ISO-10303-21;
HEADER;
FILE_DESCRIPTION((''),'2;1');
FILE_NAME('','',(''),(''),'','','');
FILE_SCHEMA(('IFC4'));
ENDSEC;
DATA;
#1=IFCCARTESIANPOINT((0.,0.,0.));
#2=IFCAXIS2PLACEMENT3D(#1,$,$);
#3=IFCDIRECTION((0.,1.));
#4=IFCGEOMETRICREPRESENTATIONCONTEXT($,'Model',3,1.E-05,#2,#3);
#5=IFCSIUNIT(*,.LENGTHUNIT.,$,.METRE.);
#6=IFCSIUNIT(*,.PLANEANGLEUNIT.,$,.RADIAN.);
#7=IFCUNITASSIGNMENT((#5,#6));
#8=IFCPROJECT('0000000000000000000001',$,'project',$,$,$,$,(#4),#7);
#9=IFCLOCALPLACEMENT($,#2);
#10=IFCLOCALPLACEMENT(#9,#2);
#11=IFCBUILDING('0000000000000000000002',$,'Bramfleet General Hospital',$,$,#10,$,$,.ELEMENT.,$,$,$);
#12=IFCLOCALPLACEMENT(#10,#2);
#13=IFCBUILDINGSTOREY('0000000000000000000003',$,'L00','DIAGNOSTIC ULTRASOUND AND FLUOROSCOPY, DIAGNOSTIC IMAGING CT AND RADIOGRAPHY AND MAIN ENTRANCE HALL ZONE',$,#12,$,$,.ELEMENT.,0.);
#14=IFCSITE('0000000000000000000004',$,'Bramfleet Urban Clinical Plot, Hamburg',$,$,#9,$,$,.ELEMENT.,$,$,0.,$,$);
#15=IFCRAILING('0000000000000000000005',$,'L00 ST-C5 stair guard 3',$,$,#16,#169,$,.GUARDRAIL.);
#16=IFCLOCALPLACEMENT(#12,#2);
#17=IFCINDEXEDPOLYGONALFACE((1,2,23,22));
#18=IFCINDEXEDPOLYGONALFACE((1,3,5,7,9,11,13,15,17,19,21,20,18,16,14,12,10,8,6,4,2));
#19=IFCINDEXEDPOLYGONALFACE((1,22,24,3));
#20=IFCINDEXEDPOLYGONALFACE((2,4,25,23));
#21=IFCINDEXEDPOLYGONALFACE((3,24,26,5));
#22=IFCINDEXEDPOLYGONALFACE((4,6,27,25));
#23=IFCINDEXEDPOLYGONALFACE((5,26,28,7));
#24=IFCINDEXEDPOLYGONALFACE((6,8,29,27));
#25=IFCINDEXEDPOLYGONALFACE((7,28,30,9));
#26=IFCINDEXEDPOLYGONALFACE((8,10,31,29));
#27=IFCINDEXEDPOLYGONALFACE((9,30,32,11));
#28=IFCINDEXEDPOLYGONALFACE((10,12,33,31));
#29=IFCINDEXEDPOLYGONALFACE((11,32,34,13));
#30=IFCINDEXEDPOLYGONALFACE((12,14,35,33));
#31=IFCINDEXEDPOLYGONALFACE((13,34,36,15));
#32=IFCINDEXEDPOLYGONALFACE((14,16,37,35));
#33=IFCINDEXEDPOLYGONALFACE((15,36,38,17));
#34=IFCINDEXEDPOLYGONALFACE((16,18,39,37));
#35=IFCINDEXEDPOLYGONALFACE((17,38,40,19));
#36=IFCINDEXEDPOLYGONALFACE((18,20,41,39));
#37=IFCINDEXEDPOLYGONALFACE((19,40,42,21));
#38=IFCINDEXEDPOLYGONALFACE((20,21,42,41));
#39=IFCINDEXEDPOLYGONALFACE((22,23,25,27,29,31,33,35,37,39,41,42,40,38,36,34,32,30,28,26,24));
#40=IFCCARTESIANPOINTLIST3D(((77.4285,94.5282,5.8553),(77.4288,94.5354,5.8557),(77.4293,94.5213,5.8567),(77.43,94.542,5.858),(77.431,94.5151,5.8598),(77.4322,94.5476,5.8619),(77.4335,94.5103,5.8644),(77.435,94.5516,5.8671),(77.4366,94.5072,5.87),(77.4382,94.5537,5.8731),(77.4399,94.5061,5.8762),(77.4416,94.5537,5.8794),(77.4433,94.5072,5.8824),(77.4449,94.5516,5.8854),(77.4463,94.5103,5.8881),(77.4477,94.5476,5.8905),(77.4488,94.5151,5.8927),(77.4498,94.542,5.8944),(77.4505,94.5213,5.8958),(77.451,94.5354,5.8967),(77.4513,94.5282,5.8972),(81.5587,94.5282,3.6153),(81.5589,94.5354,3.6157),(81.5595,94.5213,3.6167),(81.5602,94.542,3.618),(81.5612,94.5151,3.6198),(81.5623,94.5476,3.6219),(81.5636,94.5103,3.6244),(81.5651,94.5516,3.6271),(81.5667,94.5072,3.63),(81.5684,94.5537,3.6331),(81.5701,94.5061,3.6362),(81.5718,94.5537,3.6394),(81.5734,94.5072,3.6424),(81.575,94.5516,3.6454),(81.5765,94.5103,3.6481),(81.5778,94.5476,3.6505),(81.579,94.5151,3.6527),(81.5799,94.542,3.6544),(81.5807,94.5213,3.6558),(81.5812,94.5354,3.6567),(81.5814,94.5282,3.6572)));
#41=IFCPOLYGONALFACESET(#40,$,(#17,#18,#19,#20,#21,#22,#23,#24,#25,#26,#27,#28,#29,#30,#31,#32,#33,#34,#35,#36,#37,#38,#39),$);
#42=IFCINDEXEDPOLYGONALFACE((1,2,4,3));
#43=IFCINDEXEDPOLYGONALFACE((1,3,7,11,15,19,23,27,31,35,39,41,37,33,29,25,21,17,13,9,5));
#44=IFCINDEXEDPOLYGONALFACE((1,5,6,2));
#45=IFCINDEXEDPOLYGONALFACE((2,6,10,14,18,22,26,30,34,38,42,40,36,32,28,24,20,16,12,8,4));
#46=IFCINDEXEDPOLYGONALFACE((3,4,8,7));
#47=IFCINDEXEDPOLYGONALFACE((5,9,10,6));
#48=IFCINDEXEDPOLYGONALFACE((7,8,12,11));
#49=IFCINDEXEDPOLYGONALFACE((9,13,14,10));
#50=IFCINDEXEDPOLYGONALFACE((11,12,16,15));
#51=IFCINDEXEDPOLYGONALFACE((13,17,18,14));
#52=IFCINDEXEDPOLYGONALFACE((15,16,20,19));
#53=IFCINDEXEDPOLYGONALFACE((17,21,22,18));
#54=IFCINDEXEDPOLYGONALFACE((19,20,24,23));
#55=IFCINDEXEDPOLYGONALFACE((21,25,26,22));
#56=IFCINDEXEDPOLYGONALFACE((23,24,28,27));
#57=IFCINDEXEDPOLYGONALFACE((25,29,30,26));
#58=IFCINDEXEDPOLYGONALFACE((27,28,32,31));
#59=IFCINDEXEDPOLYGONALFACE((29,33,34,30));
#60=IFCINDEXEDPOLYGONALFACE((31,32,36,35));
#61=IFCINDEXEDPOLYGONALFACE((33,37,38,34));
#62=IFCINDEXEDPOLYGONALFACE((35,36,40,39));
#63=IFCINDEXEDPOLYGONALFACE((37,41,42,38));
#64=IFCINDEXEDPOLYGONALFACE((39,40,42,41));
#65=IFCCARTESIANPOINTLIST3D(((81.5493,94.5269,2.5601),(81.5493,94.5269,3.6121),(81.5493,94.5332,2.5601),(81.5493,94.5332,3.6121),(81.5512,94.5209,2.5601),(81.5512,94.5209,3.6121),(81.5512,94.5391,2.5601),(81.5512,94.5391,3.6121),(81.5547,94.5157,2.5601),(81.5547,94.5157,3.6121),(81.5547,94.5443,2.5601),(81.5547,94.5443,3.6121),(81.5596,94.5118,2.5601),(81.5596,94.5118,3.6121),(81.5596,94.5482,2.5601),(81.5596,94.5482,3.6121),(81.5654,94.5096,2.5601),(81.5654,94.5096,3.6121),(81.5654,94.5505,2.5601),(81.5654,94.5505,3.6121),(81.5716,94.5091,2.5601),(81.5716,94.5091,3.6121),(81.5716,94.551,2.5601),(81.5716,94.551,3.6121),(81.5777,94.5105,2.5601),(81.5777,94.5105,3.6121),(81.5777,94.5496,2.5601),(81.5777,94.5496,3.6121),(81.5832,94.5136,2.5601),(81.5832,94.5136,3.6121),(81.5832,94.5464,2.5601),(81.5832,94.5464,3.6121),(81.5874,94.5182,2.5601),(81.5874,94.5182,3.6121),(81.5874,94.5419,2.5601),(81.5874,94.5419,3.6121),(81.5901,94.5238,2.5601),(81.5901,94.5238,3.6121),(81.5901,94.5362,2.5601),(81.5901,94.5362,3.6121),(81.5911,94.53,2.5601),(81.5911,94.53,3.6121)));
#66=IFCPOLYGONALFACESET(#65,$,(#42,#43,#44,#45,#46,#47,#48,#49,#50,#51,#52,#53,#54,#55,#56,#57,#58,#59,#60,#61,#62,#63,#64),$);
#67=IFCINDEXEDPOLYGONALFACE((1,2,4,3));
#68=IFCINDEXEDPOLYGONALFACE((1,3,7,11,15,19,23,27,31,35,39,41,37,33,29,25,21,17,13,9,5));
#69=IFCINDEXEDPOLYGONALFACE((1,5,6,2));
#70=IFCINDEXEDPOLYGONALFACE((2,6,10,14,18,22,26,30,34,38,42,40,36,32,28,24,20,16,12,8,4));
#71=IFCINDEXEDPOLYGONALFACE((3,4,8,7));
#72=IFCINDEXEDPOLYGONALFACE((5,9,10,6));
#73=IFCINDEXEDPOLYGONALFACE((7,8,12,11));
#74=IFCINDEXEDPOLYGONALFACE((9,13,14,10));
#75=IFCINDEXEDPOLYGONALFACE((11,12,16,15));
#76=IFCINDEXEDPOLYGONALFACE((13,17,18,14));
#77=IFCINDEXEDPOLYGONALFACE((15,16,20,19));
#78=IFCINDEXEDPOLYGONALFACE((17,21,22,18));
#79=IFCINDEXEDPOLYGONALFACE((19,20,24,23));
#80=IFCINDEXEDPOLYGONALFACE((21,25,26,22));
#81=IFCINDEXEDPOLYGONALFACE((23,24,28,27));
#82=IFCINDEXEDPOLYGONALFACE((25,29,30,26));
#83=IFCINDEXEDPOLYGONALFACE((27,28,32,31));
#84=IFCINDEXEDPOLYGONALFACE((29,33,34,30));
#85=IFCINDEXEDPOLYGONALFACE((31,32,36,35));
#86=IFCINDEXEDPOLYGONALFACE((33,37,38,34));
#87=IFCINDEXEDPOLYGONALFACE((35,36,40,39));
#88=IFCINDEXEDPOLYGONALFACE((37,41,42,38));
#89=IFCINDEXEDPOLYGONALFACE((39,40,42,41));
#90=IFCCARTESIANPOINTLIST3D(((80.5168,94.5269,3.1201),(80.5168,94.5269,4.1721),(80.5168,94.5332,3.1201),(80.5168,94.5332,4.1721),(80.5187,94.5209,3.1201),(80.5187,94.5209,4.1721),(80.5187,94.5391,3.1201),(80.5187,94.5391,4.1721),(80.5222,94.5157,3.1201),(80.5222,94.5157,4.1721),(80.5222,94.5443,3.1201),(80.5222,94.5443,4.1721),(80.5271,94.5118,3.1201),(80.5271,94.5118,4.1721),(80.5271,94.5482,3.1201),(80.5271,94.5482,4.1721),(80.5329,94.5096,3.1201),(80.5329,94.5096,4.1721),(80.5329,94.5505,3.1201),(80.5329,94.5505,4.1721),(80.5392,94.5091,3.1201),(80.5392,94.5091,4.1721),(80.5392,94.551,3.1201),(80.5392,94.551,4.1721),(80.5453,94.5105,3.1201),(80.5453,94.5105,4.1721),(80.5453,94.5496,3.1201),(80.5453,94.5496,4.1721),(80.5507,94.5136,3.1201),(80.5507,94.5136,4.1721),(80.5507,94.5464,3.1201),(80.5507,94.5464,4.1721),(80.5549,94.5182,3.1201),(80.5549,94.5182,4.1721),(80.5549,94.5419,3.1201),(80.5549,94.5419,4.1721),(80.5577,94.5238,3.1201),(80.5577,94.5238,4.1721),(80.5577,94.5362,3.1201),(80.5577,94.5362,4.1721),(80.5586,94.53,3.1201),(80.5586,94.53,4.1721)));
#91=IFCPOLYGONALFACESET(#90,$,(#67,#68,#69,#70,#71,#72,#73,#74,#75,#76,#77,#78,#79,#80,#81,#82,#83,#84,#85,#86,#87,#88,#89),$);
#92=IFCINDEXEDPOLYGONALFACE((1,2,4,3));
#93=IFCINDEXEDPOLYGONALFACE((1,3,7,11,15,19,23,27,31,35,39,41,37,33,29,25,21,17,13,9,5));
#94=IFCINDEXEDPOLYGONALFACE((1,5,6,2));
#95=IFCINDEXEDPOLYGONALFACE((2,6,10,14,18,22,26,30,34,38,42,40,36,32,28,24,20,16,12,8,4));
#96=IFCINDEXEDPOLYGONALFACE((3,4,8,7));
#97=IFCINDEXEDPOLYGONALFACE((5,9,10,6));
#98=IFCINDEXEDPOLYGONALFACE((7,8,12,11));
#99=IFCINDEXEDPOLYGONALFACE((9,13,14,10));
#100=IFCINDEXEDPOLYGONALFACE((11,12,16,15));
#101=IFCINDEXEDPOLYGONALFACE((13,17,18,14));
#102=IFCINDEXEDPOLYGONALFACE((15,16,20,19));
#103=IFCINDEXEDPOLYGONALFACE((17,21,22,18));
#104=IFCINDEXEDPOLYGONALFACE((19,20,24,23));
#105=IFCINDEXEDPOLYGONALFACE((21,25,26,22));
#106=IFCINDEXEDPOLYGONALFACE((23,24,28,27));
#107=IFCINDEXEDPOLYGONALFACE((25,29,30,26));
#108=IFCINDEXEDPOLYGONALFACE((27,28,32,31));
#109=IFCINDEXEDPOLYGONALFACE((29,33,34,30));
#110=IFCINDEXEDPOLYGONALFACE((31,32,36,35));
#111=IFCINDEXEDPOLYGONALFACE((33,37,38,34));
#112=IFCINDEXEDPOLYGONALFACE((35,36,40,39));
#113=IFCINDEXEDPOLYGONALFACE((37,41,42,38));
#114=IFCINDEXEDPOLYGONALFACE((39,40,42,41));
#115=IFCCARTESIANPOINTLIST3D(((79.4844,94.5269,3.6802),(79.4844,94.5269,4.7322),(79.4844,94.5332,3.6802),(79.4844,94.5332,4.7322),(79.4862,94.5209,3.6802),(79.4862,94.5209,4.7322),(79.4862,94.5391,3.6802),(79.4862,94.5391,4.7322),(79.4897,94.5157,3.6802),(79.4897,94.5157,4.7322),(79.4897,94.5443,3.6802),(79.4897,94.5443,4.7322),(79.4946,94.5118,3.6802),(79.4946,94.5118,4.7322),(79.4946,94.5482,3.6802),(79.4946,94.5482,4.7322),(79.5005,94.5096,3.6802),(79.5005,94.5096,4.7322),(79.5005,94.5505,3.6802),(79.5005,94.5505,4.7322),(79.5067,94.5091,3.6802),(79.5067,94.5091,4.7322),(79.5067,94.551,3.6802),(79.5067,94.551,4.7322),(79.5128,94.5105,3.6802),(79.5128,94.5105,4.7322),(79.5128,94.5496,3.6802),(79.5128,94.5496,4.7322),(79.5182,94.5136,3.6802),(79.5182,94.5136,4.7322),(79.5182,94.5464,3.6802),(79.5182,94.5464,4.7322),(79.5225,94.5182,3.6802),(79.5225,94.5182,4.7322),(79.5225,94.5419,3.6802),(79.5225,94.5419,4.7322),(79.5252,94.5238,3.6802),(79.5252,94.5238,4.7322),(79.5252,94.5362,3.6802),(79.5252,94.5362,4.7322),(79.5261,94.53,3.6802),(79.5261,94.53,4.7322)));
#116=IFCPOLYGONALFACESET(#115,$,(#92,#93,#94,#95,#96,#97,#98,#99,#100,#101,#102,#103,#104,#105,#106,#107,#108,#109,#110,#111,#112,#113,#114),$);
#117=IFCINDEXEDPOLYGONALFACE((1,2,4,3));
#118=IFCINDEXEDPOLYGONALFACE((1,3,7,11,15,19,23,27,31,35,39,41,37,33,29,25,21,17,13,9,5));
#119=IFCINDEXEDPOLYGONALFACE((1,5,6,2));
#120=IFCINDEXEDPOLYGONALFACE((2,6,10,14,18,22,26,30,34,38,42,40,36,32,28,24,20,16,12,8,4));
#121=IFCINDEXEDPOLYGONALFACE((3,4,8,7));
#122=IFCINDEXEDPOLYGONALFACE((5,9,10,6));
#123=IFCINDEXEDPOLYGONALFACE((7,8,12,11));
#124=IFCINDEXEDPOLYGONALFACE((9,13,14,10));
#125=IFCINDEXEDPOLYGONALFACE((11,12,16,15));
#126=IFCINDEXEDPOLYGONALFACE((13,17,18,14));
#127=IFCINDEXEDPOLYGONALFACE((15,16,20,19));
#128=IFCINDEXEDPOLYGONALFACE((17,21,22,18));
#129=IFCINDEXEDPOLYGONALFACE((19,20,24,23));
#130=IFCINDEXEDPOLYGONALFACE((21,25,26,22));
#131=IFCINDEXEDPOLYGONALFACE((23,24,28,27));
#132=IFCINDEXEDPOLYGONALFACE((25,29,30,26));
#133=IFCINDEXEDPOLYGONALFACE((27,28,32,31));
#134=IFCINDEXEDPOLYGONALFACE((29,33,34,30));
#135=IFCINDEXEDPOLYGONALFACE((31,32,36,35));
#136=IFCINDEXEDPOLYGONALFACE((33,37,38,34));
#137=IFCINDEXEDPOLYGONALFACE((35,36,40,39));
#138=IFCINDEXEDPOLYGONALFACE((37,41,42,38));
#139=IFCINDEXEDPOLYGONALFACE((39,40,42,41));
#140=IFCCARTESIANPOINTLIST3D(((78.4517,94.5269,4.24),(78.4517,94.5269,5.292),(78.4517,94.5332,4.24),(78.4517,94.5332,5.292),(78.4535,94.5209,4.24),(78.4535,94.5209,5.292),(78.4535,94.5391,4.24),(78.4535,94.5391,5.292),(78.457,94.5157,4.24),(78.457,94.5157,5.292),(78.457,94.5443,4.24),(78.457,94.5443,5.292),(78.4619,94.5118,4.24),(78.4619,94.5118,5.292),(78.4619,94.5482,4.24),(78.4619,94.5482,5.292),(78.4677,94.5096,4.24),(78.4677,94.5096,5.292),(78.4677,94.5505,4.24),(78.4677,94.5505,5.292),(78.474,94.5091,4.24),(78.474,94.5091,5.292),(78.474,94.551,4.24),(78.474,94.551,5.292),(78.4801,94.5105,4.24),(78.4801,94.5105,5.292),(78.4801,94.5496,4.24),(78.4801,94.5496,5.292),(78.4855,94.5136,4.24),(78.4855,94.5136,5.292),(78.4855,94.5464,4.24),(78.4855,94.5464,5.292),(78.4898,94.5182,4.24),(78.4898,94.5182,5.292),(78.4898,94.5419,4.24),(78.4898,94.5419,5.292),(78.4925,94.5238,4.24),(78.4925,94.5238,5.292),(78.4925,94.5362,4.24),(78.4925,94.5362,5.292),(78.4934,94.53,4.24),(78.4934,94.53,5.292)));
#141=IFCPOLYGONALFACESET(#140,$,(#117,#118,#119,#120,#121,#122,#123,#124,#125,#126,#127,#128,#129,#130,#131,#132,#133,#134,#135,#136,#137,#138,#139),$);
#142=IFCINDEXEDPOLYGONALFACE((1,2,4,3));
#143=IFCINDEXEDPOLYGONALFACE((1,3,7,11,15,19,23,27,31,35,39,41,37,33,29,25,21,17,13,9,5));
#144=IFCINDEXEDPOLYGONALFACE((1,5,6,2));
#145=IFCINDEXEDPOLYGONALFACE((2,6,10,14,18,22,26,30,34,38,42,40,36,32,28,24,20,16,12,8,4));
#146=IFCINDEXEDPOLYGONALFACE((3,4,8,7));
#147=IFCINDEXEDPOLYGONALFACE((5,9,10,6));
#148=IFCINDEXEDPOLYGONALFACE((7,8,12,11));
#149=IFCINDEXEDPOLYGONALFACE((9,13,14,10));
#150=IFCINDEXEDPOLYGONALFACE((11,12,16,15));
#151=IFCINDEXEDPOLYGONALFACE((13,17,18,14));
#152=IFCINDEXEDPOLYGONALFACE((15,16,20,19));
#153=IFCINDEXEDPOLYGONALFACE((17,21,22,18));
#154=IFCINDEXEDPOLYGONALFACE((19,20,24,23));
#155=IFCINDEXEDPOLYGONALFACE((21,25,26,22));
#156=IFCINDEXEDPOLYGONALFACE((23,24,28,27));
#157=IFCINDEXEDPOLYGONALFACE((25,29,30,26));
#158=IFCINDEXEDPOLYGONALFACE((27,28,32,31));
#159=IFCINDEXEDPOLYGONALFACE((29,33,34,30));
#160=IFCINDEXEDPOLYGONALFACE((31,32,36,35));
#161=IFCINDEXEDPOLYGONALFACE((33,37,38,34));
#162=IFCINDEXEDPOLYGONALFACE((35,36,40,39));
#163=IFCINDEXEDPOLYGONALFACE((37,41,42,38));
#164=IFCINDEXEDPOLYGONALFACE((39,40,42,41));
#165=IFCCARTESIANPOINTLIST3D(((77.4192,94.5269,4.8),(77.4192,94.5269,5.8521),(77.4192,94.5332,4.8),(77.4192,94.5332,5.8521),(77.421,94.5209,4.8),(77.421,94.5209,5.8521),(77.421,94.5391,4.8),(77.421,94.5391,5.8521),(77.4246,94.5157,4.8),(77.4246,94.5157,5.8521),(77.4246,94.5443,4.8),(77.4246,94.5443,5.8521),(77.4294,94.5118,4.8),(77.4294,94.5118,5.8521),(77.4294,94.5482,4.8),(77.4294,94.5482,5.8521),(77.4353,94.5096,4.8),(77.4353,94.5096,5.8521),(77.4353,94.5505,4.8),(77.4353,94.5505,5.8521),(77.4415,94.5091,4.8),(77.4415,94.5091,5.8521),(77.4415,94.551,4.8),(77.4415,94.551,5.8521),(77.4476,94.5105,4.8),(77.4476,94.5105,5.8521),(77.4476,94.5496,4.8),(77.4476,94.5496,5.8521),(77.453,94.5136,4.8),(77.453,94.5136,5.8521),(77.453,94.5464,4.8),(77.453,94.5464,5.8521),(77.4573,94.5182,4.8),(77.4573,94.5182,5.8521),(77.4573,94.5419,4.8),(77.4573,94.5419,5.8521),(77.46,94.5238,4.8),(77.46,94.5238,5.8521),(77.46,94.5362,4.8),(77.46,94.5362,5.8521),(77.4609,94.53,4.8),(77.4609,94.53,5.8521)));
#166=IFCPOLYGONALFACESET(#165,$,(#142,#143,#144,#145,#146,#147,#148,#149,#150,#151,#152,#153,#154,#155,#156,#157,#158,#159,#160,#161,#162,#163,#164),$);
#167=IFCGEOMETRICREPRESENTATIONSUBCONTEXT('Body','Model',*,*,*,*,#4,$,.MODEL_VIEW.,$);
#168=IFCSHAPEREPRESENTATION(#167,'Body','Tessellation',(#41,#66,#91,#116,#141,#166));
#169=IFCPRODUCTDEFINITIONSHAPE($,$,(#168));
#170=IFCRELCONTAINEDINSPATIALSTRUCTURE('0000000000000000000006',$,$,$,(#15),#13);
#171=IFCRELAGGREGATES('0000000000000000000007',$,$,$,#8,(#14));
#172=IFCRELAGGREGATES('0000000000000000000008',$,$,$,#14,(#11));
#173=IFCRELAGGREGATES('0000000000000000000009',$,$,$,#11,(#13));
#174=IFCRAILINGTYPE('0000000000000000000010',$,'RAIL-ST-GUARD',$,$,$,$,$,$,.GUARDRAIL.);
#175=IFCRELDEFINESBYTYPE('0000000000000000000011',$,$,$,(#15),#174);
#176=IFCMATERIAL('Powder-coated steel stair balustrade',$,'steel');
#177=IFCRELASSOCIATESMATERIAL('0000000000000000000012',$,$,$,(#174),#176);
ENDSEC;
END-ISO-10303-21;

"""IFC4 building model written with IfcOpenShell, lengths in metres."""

from ifc_helpers import new_model, si_unit, direction, frame, origin, origin_2d, place, context, subcontext, project, spatial, circle, extrude, material, type_object, element, save


model = new_model("IFC4")

# Units and contexts
model_context = context("Model", 3, precision=1e-05, world=origin(), true_north=direction((0.0, 1.0)))
body_context = subcontext(model_context, "Body", "Model", "MODEL_VIEW")
ifc_project = project(units=[si_unit("LENGTHUNIT", "METRE"), si_unit("PLANEANGLEUNIT", "RADIAN")], contexts=[model_context])

# Site, building, storey
site_placement = place(None, origin())
site = spatial("IfcSite", under=ifc_project, at=site_placement, Name="Bramfleet Urban Clinical Plot, Hamburg", CompositionType="ELEMENT", RefElevation=0.0)
building_placement = place(site_placement, origin())
building = spatial("IfcBuilding", under=site, at=building_placement, Name="Bramfleet General Hospital", CompositionType="ELEMENT")
storey_placement = place(building_placement, origin())
storey = spatial("IfcBuildingStorey", under=building, at=storey_placement, Name="L00", Description="DIAGNOSTIC ULTRASOUND AND FLUOROSCOPY, DIAGNOSTIC IMAGING CT AND RADIOGRAPHY AND MAIN ENTRANCE HALL ZONE", CompositionType="ELEMENT", Elevation=0.0)

# Railing
ifc_material_1 = material(Name="Powder-coated steel stair balustrade", Category="steel")
railing_type_1 = type_object("IfcRailingType", Name="RAIL-ST-GUARD", PredefinedType="GUARDRAIL", material=ifc_material_1)
railing_1_placement = place(storey_placement, frame((81.5701, 94.53, 2.5601)))
element("IfcRailing", 1, at=railing_1_placement, inside=storey, type_object=railing_type_1, Name="L00 ST-C5 stair guard 3", PredefinedType="GUARDRAIL", context=body_context, shape_type="SweptSolid", body=[
    extrude(circle(Radius=0.0239, at=origin_2d()), frame((0.0, 0.0, 1.0762), z_axis=(-0.879039, 0.0, 0.47675), x_axis=(0.0, -1.0, 0.0)), (0.0, 0.0, 1.0), 4.6985),
    extrude(circle(Radius=0.021, at=origin_2d()), origin(), (0.0, 0.0, 1.0), 1.052),
    extrude(circle(Radius=0.021, at=origin_2d()), frame((-1.0325, 0.0, 0.5601)), (0.0, 0.0, 1.0), 1.052),
    extrude(circle(Radius=0.021, at=origin_2d()), frame((-2.0649, 0.0, 1.1201)), (0.0, 0.0, 1.0), 1.052),
    extrude(circle(Radius=0.021, at=origin_2d()), frame((-3.0977, 0.0, 1.6799)), (0.0, 0.0, 1.0), 1.052),
    extrude(circle(Radius=0.021, at=origin_2d()), frame((-4.1301, 0.0, 2.24)), (0.0, 0.0, 1.0), 1.052),
])

save(model, "model.ifc")
